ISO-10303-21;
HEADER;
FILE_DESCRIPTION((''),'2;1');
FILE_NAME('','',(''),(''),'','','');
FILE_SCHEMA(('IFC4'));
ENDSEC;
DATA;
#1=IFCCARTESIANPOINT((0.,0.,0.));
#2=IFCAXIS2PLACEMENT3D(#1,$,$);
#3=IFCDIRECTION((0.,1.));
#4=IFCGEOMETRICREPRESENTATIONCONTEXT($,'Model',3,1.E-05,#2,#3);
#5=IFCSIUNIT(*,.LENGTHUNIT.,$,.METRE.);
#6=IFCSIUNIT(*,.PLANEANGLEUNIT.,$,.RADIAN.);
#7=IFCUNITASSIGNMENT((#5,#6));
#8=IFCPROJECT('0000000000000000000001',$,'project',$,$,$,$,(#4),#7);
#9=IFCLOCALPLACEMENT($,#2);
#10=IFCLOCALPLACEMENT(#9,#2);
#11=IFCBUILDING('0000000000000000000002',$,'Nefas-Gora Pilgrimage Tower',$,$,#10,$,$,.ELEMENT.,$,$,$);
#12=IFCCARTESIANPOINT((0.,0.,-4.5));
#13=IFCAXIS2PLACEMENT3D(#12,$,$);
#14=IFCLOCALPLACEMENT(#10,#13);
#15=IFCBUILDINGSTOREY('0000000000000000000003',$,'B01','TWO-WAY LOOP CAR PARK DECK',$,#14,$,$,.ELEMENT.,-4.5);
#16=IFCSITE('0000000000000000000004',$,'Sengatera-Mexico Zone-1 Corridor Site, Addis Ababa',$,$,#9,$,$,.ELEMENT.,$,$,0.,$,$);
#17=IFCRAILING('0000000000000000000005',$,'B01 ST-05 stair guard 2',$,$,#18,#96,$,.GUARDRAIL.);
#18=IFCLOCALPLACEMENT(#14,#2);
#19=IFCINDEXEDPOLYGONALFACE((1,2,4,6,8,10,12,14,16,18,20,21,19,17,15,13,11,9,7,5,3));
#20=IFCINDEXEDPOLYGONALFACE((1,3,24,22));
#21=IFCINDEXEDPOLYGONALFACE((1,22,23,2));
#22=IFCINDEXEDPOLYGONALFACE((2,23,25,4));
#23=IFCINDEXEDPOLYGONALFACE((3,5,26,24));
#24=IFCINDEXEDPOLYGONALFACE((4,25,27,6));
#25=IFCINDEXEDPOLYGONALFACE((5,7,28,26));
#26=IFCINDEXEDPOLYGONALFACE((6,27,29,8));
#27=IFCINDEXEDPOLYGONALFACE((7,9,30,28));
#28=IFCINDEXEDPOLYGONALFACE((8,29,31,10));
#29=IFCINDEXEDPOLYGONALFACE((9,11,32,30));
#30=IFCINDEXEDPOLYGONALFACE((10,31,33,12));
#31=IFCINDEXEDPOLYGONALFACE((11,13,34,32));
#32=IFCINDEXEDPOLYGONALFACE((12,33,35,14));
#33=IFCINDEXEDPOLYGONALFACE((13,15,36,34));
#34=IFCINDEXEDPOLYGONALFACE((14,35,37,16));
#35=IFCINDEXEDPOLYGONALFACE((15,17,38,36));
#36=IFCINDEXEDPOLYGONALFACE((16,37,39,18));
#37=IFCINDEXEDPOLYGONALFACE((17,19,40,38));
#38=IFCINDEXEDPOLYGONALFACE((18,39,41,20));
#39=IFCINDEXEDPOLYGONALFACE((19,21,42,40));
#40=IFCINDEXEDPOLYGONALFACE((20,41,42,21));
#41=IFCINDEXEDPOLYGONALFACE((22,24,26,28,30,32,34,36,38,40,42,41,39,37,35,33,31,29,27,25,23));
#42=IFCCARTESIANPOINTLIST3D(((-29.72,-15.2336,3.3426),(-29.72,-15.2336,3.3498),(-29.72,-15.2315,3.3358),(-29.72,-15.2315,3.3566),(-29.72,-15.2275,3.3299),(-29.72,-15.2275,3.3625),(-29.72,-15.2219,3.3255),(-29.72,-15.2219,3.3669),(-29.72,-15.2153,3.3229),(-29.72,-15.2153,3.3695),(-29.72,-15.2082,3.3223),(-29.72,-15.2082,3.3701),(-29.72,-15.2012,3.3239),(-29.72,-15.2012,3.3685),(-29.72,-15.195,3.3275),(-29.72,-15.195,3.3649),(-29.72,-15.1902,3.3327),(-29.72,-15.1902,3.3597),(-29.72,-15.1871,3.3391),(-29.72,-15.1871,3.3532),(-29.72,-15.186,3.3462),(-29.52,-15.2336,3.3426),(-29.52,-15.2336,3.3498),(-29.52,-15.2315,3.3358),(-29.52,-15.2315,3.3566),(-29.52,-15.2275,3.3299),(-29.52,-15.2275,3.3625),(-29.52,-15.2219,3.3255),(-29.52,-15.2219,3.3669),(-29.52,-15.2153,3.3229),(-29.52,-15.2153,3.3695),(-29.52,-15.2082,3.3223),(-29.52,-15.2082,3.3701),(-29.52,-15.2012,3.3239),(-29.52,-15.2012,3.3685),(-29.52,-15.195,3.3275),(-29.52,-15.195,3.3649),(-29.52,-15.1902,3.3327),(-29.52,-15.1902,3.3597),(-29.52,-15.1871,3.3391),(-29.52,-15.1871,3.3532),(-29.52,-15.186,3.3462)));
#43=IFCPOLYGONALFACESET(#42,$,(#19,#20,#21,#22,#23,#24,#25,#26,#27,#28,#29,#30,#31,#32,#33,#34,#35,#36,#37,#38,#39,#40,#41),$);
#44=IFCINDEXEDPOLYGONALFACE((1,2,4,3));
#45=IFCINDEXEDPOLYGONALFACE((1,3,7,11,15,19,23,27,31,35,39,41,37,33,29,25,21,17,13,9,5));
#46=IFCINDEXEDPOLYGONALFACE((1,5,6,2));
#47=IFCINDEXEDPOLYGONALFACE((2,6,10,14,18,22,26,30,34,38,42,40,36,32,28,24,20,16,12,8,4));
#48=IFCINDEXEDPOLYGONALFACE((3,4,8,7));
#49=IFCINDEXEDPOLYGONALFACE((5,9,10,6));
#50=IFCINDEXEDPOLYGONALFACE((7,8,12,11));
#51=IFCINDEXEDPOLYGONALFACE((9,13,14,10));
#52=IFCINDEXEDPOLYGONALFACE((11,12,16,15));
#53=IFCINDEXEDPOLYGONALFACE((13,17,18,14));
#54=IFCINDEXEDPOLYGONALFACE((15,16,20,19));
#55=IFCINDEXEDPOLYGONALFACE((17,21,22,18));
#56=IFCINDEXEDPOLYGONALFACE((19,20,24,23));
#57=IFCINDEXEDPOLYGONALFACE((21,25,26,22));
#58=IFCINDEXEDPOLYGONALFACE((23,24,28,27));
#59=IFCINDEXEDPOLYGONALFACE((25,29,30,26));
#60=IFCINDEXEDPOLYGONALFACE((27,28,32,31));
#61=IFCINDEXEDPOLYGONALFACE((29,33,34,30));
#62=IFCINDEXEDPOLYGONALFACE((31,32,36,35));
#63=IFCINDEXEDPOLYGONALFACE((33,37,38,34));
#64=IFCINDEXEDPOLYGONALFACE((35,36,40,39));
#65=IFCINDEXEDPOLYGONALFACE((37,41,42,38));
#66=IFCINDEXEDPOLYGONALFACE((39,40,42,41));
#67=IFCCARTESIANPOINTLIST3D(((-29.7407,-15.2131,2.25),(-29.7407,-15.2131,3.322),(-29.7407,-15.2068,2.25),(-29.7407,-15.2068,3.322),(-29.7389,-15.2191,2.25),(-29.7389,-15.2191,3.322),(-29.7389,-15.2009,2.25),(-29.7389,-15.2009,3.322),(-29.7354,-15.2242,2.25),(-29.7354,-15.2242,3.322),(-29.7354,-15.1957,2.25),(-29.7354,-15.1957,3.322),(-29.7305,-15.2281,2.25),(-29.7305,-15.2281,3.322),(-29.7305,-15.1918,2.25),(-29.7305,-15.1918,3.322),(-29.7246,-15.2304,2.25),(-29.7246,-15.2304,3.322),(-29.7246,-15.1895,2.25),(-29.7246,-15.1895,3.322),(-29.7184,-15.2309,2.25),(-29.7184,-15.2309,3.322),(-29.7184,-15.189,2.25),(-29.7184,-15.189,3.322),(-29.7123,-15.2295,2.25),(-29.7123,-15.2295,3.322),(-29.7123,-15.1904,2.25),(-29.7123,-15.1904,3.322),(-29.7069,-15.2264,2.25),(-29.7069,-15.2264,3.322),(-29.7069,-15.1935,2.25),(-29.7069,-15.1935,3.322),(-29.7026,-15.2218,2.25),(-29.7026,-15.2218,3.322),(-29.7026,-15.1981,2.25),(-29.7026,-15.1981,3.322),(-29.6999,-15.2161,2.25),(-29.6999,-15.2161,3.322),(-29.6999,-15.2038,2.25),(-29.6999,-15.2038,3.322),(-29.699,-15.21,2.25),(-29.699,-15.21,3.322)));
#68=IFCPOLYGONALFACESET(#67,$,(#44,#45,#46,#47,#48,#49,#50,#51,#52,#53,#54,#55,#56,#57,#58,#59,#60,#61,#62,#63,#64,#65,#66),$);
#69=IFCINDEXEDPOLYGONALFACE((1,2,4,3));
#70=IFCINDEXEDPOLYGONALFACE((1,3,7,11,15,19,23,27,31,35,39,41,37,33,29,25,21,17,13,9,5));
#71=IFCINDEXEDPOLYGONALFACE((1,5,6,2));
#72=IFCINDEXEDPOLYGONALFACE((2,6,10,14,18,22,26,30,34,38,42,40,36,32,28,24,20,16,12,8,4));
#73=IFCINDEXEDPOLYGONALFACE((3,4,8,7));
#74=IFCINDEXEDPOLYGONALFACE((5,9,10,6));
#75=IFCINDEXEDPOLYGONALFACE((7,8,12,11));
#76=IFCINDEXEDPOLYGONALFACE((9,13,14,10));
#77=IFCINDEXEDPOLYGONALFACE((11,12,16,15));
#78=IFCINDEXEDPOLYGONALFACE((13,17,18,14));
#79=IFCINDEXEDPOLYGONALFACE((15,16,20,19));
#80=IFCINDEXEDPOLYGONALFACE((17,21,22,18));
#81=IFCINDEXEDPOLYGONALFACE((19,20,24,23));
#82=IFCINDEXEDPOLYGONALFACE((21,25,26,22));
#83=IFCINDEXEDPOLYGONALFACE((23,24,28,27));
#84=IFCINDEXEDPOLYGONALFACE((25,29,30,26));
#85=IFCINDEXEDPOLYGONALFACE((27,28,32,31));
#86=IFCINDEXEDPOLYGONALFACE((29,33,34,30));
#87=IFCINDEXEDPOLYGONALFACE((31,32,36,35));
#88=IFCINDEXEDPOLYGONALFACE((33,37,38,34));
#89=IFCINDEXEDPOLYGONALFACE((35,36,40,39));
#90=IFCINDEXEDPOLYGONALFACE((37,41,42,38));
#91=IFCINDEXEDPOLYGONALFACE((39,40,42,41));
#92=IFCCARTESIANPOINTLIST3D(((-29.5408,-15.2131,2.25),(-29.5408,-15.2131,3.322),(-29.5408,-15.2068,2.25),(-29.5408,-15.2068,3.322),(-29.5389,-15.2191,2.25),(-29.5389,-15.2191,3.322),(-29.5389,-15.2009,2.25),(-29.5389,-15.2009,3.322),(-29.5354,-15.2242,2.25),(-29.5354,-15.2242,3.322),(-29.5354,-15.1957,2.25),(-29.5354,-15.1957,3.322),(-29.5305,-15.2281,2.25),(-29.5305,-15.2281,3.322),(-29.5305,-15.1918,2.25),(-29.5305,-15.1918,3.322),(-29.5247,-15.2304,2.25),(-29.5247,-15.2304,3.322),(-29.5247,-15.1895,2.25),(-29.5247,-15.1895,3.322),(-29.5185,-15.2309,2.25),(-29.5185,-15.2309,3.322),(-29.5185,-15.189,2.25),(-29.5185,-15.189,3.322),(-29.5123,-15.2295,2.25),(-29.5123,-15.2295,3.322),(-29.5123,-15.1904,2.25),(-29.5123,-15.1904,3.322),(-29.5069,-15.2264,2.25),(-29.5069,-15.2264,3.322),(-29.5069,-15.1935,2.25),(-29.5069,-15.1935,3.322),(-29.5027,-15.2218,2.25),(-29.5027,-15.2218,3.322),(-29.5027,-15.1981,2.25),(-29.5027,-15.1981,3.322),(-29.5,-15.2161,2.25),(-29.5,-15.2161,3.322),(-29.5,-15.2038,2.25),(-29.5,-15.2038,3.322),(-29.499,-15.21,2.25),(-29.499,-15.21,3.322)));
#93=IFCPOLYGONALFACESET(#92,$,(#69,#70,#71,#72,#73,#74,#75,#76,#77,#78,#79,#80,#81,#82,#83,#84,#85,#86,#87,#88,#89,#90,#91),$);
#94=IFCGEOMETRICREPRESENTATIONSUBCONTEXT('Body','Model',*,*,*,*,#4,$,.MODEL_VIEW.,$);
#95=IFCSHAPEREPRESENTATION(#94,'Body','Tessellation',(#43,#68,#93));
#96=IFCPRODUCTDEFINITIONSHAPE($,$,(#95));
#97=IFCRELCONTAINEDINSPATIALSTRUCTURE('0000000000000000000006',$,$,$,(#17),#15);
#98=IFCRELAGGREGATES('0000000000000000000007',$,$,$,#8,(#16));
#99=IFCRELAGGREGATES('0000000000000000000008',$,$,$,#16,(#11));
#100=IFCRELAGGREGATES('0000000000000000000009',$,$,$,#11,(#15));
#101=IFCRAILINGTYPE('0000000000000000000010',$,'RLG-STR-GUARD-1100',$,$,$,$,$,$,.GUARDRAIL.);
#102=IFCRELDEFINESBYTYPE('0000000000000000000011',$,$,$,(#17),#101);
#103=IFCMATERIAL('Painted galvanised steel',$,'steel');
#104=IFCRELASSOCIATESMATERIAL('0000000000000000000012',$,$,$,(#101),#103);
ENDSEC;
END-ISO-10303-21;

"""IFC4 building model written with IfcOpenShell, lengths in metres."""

from ifc_helpers import new_model, si_unit, direction, frame, origin, origin_2d, place, context, subcontext, project, spatial, circle, extrude, material, type_object, element, save


model = new_model("IFC4")

# Units and contexts
model_context = context("Model", 3, precision=1e-05, world=origin(), true_north=direction((0.0, 1.0)))
body_context = subcontext(model_context, "Body", "Model", "MODEL_VIEW")
ifc_project = project(units=[si_unit("LENGTHUNIT", "METRE"), si_unit("PLANEANGLEUNIT", "RADIAN")], contexts=[model_context])

# Site, building, storey
site_placement = place(None, origin())
site = spatial("IfcSite", under=ifc_project, at=site_placement, Name="Sengatera-Mexico Zone-1 Corridor Site, Addis Ababa", CompositionType="ELEMENT", RefElevation=0.0)
building_placement = place(site_placement, origin())
building = spatial("IfcBuilding", under=site, at=building_placement, Name="Nefas-Gora Pilgrimage Tower", CompositionType="ELEMENT")
storey_placement = place(building_placement, frame((0.0, 0.0, -4.5)))
storey = spatial("IfcBuildingStorey", under=building, at=storey_placement, Name="B01", Description="TWO-WAY LOOP CAR PARK DECK", CompositionType="ELEMENT", Elevation=-4.5)

# Railing
ifc_material_1 = material(Name="Painted galvanised steel", Category="steel")
railing_type_1 = type_object("IfcRailingType", Name="RLG-STR-GUARD-1100", PredefinedType="GUARDRAIL", material=ifc_material_1)
railing_1_placement = place(storey_placement, frame((-29.72, -15.21, 2.25)))
element("IfcRailing", 1, at=railing_1_placement, inside=storey, type_object=railing_type_1, Name="B01 ST-05 stair guard 2", PredefinedType="GUARDRAIL", context=body_context, shape_type="SweptSolid", body=[
    extrude(circle(Radius=0.0239, at=origin_2d()), frame((0.0, 0.0, 1.0962), z_axis=(1.0, 0.0, 0.0), x_axis=(0.0, 1.0, 0.0)), (0.0, 0.0, 1.0), 0.2),
    extrude(circle(Radius=0.021, at=origin_2d()), origin(), (0.0, 0.0, 1.0), 1.072),
    extrude(circle(Radius=0.021, at=origin_2d()), frame((0.2, 0.0, 0.0)), (0.0, 0.0, 1.0), 1.072),
])

save(model, "model.ifc")
